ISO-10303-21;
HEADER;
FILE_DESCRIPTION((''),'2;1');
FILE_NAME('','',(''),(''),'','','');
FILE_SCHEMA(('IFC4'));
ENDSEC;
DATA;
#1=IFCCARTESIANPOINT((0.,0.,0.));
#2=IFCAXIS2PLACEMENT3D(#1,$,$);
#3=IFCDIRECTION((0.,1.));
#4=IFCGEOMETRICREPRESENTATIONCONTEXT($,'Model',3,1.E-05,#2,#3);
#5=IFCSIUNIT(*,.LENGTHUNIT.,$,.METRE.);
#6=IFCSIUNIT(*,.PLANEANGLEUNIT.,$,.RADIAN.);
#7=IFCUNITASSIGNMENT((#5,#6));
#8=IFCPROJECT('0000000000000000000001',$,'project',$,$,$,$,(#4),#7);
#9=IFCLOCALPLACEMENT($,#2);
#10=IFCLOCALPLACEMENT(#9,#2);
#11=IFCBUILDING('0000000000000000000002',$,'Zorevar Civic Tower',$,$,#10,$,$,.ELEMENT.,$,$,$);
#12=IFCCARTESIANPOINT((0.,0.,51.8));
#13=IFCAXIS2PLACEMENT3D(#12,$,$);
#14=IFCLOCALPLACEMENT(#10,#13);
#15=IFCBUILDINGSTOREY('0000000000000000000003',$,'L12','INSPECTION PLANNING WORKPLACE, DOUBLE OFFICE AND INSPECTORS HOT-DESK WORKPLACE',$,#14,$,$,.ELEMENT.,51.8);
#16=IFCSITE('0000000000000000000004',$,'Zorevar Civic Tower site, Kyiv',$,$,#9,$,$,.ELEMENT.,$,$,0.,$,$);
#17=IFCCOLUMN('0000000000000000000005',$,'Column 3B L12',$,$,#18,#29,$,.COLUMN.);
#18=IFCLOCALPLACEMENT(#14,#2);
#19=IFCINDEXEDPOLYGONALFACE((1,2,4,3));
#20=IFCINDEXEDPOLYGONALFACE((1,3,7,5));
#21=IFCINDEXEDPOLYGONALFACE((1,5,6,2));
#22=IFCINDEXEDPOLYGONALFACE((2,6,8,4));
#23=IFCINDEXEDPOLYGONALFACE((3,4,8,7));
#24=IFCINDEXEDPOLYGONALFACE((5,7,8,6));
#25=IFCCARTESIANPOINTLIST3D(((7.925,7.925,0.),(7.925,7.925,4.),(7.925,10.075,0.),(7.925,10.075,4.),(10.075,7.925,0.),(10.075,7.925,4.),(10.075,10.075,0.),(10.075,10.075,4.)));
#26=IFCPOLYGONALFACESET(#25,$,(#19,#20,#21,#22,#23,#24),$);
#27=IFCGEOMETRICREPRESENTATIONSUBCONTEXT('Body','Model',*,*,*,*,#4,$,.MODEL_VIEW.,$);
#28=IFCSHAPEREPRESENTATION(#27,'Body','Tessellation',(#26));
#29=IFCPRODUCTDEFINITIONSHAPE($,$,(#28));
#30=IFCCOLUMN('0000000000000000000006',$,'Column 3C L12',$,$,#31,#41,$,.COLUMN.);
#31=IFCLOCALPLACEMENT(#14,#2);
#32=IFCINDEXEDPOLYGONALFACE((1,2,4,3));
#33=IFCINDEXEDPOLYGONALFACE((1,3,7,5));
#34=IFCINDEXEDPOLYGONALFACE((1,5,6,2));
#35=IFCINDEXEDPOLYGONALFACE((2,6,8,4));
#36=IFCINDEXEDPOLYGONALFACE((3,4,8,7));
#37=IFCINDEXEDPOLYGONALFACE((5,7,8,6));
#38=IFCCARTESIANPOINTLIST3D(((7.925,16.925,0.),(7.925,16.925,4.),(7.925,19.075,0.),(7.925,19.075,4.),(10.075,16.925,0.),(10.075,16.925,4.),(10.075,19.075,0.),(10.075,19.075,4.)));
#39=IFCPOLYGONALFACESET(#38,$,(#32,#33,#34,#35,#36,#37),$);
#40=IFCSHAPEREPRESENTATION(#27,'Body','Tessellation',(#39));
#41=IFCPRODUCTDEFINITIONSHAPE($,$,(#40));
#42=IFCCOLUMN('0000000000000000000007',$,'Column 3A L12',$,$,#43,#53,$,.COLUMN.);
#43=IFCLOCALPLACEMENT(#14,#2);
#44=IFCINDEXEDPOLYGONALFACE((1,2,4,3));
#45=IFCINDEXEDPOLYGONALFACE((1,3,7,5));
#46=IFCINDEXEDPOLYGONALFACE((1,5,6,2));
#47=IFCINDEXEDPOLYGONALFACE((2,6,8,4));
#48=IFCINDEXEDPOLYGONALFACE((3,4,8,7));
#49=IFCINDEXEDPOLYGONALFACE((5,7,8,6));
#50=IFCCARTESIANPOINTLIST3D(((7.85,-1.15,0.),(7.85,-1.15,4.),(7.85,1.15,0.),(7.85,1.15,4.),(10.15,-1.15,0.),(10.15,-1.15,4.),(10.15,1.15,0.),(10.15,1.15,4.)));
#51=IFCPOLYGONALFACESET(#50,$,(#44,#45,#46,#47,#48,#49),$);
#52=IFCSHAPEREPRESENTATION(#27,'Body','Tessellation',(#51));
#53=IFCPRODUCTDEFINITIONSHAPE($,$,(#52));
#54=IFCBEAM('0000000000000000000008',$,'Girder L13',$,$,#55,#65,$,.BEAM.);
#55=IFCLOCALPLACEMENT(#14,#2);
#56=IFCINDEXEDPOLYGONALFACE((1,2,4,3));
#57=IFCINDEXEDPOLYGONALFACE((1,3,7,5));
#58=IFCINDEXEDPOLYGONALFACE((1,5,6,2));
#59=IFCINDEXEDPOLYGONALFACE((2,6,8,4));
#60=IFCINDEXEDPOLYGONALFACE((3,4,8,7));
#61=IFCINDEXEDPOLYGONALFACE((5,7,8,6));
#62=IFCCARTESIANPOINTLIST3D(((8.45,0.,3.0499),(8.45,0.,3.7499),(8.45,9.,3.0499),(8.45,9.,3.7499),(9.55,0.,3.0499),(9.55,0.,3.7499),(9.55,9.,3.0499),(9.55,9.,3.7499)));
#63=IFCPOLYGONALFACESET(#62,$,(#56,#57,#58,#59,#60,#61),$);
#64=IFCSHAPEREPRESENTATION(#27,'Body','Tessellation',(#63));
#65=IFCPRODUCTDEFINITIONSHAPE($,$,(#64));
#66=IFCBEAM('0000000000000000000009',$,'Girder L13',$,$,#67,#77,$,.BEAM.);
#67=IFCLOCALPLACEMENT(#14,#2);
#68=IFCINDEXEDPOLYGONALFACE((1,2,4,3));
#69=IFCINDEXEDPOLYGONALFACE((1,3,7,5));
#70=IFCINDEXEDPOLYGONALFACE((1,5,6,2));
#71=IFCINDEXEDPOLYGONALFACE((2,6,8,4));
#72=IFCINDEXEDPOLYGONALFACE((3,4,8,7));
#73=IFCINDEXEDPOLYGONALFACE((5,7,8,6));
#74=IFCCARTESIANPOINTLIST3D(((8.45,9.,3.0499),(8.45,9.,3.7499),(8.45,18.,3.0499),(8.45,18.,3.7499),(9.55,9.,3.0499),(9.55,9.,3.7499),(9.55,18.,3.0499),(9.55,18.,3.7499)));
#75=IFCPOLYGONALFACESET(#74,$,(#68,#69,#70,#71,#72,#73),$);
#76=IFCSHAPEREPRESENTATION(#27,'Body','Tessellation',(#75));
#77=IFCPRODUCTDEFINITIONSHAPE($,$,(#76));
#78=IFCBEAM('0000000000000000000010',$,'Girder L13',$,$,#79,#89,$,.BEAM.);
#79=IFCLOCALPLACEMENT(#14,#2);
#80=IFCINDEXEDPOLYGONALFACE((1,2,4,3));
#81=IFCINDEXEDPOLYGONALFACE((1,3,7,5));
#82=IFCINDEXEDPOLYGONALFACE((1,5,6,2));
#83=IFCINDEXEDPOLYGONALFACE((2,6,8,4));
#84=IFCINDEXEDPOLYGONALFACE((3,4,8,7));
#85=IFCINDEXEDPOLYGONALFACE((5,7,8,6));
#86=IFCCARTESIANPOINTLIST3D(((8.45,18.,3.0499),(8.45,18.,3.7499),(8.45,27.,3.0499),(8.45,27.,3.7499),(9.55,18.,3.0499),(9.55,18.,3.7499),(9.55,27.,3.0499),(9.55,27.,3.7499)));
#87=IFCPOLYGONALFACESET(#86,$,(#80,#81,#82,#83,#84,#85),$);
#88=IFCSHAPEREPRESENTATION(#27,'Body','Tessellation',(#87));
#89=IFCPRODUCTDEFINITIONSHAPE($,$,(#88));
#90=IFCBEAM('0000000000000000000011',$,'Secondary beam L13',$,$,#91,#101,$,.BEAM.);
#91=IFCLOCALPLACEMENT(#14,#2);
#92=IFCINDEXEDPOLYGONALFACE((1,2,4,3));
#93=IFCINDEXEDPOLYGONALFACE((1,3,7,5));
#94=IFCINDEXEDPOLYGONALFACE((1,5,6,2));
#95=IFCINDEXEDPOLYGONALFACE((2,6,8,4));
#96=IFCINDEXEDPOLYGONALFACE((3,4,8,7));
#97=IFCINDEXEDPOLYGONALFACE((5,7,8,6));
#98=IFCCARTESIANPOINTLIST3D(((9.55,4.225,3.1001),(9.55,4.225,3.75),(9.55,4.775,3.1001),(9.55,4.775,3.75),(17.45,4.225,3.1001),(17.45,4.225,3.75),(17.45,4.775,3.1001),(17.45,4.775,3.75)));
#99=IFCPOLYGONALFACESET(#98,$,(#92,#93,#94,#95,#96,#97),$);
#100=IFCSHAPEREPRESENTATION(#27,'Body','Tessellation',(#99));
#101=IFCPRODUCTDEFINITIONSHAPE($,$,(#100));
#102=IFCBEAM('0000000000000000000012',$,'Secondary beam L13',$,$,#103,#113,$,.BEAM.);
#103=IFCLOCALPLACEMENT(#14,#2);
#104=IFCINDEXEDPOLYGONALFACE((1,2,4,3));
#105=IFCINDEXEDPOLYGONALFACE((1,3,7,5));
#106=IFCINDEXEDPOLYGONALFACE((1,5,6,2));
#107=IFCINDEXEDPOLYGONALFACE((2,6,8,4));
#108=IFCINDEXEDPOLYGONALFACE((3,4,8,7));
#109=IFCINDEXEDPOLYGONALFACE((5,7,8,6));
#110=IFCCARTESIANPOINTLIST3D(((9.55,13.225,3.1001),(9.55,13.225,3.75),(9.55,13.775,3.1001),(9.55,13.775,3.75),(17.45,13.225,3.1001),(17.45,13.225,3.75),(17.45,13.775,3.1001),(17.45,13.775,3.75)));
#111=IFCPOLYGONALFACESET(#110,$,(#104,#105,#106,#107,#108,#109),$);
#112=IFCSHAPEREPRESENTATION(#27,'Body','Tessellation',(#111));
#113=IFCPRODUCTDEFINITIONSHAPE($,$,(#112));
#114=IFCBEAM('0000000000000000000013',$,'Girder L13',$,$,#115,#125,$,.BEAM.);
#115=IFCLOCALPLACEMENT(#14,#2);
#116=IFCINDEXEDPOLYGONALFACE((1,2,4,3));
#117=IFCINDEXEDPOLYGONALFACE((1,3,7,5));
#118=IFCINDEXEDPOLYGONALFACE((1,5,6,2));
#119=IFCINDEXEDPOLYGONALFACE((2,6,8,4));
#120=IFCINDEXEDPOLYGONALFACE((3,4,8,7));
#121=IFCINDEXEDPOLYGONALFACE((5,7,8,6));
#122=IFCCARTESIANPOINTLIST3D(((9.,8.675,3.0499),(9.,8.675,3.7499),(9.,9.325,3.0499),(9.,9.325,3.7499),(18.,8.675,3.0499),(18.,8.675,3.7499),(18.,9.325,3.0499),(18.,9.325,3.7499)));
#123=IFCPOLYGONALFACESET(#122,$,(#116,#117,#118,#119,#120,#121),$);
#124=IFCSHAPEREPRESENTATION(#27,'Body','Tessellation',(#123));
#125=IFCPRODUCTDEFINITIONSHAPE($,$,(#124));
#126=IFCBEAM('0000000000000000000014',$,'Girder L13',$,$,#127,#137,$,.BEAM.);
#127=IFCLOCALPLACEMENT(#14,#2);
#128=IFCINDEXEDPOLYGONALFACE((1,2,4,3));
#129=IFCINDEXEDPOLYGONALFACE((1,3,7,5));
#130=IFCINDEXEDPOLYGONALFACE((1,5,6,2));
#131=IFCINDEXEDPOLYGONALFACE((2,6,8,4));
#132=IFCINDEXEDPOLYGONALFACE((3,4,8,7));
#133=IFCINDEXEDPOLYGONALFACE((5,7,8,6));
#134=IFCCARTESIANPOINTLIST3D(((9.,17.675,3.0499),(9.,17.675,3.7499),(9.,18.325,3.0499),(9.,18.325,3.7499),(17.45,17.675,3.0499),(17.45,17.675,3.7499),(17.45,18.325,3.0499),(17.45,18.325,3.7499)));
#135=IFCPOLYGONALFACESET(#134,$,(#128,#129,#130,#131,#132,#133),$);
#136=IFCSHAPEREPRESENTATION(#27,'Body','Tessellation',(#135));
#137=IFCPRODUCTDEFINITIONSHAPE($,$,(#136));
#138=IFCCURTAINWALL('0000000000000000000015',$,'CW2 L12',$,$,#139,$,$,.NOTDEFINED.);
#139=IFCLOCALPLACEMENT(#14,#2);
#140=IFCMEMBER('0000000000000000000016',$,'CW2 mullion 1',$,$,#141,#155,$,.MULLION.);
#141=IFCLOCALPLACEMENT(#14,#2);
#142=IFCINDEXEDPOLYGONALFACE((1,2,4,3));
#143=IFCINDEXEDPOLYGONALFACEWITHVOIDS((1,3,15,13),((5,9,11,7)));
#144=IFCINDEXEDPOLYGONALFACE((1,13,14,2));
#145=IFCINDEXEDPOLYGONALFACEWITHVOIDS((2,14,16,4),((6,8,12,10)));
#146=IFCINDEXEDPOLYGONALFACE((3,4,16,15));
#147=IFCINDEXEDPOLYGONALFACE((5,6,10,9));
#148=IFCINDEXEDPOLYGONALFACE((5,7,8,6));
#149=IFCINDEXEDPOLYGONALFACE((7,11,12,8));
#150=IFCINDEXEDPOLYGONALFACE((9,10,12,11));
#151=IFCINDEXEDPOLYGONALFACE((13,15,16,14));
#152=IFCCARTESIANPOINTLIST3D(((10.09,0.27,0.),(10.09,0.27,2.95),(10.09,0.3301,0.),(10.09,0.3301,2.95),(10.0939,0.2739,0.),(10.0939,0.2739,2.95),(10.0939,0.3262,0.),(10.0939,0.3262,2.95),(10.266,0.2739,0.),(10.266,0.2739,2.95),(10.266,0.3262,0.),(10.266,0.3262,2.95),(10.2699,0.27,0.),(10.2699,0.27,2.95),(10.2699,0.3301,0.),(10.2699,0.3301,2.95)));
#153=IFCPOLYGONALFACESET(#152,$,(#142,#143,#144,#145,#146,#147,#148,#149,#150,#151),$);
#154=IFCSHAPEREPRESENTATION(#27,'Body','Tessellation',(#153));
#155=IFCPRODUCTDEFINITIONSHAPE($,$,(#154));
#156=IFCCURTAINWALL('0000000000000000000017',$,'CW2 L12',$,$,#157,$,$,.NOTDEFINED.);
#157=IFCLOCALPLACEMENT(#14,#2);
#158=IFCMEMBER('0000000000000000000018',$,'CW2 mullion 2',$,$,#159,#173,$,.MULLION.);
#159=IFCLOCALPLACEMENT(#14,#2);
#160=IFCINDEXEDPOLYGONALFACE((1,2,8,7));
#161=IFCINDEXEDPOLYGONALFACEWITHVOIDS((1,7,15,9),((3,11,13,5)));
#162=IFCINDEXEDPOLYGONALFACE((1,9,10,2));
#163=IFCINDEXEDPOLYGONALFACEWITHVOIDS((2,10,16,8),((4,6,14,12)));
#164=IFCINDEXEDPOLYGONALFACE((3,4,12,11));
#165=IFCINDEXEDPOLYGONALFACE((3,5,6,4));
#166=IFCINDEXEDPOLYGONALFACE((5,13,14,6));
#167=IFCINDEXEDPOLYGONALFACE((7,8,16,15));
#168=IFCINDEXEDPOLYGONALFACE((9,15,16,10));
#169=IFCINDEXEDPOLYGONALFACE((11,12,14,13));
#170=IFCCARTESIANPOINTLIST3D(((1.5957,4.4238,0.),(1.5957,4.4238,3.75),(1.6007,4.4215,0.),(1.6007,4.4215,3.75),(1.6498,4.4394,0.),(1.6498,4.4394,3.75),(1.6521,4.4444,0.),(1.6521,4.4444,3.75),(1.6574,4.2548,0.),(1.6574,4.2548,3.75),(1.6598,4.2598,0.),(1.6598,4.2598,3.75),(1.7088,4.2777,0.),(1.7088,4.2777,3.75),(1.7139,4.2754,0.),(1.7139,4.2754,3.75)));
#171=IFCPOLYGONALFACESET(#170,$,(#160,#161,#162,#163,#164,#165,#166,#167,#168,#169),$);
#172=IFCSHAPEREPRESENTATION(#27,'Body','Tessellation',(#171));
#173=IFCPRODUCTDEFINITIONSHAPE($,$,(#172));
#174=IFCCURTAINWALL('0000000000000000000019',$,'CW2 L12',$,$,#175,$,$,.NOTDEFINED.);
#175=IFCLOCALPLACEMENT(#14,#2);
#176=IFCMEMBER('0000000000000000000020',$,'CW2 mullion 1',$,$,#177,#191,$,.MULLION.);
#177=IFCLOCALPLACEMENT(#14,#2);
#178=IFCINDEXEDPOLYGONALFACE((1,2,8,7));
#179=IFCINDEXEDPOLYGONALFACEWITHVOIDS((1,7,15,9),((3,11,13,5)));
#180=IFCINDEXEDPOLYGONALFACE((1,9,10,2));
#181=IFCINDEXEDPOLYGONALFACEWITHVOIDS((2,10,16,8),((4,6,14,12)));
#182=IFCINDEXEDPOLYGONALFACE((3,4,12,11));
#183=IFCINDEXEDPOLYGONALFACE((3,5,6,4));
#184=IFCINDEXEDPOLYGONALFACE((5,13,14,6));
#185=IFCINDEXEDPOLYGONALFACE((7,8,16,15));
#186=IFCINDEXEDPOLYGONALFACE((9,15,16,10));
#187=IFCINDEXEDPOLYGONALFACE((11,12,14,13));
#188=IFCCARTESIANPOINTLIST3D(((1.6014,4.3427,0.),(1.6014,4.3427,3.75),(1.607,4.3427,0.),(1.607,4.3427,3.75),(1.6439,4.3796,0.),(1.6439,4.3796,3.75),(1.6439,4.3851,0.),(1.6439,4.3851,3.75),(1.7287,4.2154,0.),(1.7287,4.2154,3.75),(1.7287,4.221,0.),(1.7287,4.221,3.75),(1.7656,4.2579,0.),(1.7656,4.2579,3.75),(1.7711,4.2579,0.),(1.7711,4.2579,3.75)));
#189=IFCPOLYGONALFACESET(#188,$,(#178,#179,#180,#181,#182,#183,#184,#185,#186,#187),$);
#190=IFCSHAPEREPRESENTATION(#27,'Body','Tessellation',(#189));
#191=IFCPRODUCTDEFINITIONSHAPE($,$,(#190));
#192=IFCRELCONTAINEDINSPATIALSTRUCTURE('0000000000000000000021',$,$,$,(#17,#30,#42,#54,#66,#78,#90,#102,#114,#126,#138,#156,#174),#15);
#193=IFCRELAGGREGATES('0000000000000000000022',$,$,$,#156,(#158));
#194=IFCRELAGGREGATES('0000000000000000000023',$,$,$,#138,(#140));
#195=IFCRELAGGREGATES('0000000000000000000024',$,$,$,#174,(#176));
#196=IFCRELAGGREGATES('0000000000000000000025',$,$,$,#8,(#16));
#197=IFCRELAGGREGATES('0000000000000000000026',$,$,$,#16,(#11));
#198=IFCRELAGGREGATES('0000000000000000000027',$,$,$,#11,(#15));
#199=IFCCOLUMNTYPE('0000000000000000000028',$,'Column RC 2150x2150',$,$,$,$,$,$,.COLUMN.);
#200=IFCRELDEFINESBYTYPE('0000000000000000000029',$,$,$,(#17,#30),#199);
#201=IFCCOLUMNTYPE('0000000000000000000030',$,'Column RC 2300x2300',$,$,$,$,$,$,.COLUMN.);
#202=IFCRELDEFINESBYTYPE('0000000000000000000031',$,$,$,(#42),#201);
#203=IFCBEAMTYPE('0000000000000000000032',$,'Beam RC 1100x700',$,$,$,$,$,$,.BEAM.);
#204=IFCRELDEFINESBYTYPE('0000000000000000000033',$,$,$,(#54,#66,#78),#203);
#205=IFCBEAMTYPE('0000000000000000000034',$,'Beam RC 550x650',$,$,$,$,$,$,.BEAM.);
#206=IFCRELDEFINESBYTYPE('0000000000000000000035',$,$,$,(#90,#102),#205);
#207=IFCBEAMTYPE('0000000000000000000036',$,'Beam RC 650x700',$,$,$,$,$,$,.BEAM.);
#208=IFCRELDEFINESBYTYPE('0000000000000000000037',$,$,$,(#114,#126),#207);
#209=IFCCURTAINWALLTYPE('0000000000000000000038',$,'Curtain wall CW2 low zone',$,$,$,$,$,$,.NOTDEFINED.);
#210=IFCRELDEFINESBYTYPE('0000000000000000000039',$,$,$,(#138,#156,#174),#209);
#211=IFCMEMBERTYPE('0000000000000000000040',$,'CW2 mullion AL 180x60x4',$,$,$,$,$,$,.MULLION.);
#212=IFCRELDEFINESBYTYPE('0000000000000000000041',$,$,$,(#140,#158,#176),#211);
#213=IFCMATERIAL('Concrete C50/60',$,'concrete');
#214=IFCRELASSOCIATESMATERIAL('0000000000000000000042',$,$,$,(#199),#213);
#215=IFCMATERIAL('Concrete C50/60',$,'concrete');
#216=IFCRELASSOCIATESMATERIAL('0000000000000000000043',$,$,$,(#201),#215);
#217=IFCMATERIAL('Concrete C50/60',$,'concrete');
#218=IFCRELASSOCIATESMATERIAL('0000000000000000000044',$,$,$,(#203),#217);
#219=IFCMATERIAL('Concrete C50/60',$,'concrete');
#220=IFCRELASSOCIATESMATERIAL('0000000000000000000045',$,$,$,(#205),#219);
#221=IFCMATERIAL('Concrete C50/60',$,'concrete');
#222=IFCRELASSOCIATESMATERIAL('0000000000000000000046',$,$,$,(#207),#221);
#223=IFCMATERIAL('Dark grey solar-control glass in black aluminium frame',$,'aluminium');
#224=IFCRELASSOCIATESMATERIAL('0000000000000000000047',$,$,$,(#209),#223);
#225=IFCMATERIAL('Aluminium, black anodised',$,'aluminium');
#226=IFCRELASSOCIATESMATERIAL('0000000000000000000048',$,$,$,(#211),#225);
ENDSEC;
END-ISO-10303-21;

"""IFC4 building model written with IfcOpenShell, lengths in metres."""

from ifc_helpers import new_model, si_unit, direction, frame, origin, origin_2d, place, context, subcontext, project, spatial, rectangle, hollow_rectangle, extrude, material, material_profile, profile_set, type_object, element, aggregate, save


model = new_model("IFC4")

# Units and contexts
model_context = context("Model", 3, precision=1e-05, world=origin(), true_north=direction((0.0, 1.0)))
body_context = subcontext(model_context, "Body", "Model", "MODEL_VIEW")
ifc_project = project(units=[si_unit("LENGTHUNIT", "METRE"), si_unit("PLANEANGLEUNIT", "RADIAN")], contexts=[model_context])

# Site, building, storey
site_placement = place(None, origin())
site = spatial("IfcSite", under=ifc_project, at=site_placement, Name="Zorevar Civic Tower site, Kyiv", CompositionType="ELEMENT", RefElevation=0.0)
building_placement = place(site_placement, origin())
building = spatial("IfcBuilding", under=site, at=building_placement, Name="Zorevar Civic Tower", CompositionType="ELEMENT")
storey_placement = place(building_placement, frame((0.0, 0.0, 51.8)))
storey = spatial("IfcBuildingStorey", under=building, at=storey_placement, Name="L12", Description="INSPECTION PLANNING WORKPLACE, DOUBLE OFFICE AND INSPECTORS HOT-DESK WORKPLACE", CompositionType="ELEMENT", Elevation=51.8)

# Columns
ifc_material_1 = material(Name="Concrete C50/60", Category="concrete")
ifc_material_profile_1 = material_profile(ifc_material_1, rectangle(XDim=2.1499, YDim=2.1499, at=origin_2d()), Name="RC 2150x2150")
ifc_profile_set_1 = profile_set([ifc_material_profile_1], Name="Concrete C50/60")
column_type_1 = type_object("IfcColumnType", Name="Column RC 2150x2150", PredefinedType="COLUMN", material=ifc_profile_set_1)
for number, where, z_axis, x_axis, name in (
    (1, (9.0, 9.0, 0.0), (0.0, 0.0, 1.0), (1.0, 0.0, 0.0), "Column 3B L12"),
    (2, (9.0, 18.0, 0.0), (0.0, 0.0, 1.0), (1.0, 0.0, 0.0), "Column 3C L12"),
):
    element("IfcColumn", number, at=place(storey_placement, frame(where, z_axis=z_axis, x_axis=x_axis)), inside=storey, type_object=column_type_1, Name=name, PredefinedType="COLUMN", context=body_context, shape_type="SweptSolid", body=[
        extrude(rectangle(XDim=2.1499, YDim=2.1499, at=origin_2d()), origin(), (0.0, 0.0, 1.0), 4.0),
    ])
ifc_material_2 = material(Name="Concrete C50/60", Category="concrete")
ifc_material_profile_2 = material_profile(ifc_material_2, rectangle(XDim=2.3, YDim=2.3, at=origin_2d()), Name="RC 2300x2300")
ifc_profile_set_2 = profile_set([ifc_material_profile_2], Name="Concrete C50/60")
column_type_2 = type_object("IfcColumnType", Name="Column RC 2300x2300", PredefinedType="COLUMN", material=ifc_profile_set_2)
column_placement = place(storey_placement, frame((9.0, 0.0, 0.0), z_axis=(0.0, 0.0, 1.0), x_axis=(1.0, 0.0, 0.0)))
element("IfcColumn", 3, at=column_placement, inside=storey, type_object=column_type_2, Name="Column 3A L12", PredefinedType="COLUMN", context=body_context, shape_type="SweptSolid", body=[
    extrude(rectangle(XDim=2.3, YDim=2.3, at=origin_2d()), origin(), (0.0, 0.0, 1.0), 4.0),
])

# Beams
ifc_material_3 = material(Name="Concrete C50/60", Category="concrete")
ifc_material_profile_3 = material_profile(ifc_material_3, rectangle(XDim=1.1001, YDim=0.7, at=origin_2d()), Name="RC 1100x700")
ifc_profile_set_3 = profile_set([ifc_material_profile_3], Name="Concrete C50/60")
beam_type_1 = type_object("IfcBeamType", Name="Beam RC 1100x700", PredefinedType="BEAM", material=ifc_profile_set_3)
for number, where, z_axis, x_axis, name in (
    (4, (9.0, 0.0, 3.3999), (0.0, 1.0, 0.0), (-1.0, 0.0, 0.0), "Girder L13"),
    (5, (9.0, 9.0, 3.3999), (0.0, 1.0, 0.0), (-1.0, 0.0, 0.0), "Girder L13"),
    (6, (9.0, 18.0, 3.3999), (0.0, 1.0, 0.0), (-1.0, 0.0, 0.0), "Girder L13"),
):
    element("IfcBeam", number, at=place(storey_placement, frame(where, z_axis=z_axis, x_axis=x_axis)), inside=storey, type_object=beam_type_1, Name=name, PredefinedType="BEAM", context=body_context, shape_type="SweptSolid", body=[
        extrude(rectangle(XDim=1.1001, YDim=0.7, at=origin_2d()), origin(), (0.0, 0.0, 1.0), 9.0),
    ])
ifc_material_4 = material(Name="Concrete C50/60", Category="concrete")
ifc_material_profile_4 = material_profile(ifc_material_4, rectangle(XDim=0.55, YDim=0.6499, at=origin_2d()), Name="RC 550x650")
ifc_profile_set_4 = profile_set([ifc_material_profile_4], Name="Concrete C50/60")
beam_type_2 = type_object("IfcBeamType", Name="Beam RC 550x650", PredefinedType="BEAM", material=ifc_profile_set_4)
for number, where, z_axis, x_axis, name in (
    (7, (9.55, 4.5, 3.425), (1.0, 0.0, 0.0), (0.0, 1.0, 0.0), "Secondary beam L13"),
    (8, (9.55, 13.5, 3.425), (1.0, 0.0, 0.0), (0.0, 1.0, 0.0), "Secondary beam L13"),
):
    element("IfcBeam", number, at=place(storey_placement, frame(where, z_axis=z_axis, x_axis=x_axis)), inside=storey, type_object=beam_type_2, Name=name, PredefinedType="BEAM", context=body_context, shape_type="SweptSolid", body=[
        extrude(rectangle(XDim=0.55, YDim=0.6499, at=origin_2d()), origin(), (0.0, 0.0, 1.0), 7.8999),
    ])
ifc_material_5 = material(Name="Concrete C50/60", Category="concrete")
ifc_material_profile_5 = material_profile(ifc_material_5, rectangle(XDim=0.6499, YDim=0.7, at=origin_2d()), Name="RC 650x700")
ifc_profile_set_5 = profile_set([ifc_material_profile_5], Name="Concrete C50/60")
beam_type_3 = type_object("IfcBeamType", Name="Beam RC 650x700", PredefinedType="BEAM", material=ifc_profile_set_5)
beam_1_placement = place(storey_placement, frame((9.0, 9.0, 3.3999), z_axis=(1.0, 0.0, 0.0), x_axis=(0.0, 1.0, 0.0)))
element("IfcBeam", 9, at=beam_1_placement, inside=storey, type_object=beam_type_3, Name="Girder L13", PredefinedType="BEAM", context=body_context, shape_type="SweptSolid", body=[
    extrude(rectangle(XDim=0.6499, YDim=0.7, at=origin_2d()), origin(), (0.0, 0.0, 1.0), 9.0),
])
beam_2_placement = place(storey_placement, frame((9.0, 18.0, 3.3999), z_axis=(1.0, 0.0, 0.0), x_axis=(0.0, 1.0, 0.0)))
element("IfcBeam", 10, at=beam_2_placement, inside=storey, type_object=beam_type_3, Name="Girder L13", PredefinedType="BEAM", context=body_context, shape_type="SweptSolid", body=[
    extrude(rectangle(XDim=0.6499, YDim=0.7, at=origin_2d()), origin(), (0.0, 0.0, 1.0), 8.45),
])

# Curtain walls, members
ifc_material_6 = material(Name="Dark grey solar-control glass in black aluminium frame", Category="aluminium")
curtain_wall_type = type_object("IfcCurtainWallType", Name="Curtain wall CW2 low zone", PredefinedType="NOTDEFINED", material=ifc_material_6)
curtain_wall_1_placement = place(storey_placement, origin())
curtain_wall_1 = element("IfcCurtainWall", 11, at=curtain_wall_1_placement, inside=storey, type_object=curtain_wall_type, Name="CW2 L12", PredefinedType="NOTDEFINED")
ifc_material_7 = material(Name="Aluminium, black anodised", Category="aluminium")
ifc_material_profile_6 = material_profile(ifc_material_7, hollow_rectangle(XDim=0.0601, YDim=0.1799, WallThickness=0.0039, at=origin_2d()), Name="AL 180x60x4")
ifc_profile_set_6 = profile_set([ifc_material_profile_6], Name="Aluminium, black anodised")
member_type_1 = type_object("IfcMemberType", Name="CW2 mullion AL 180x60x4", PredefinedType="MULLION", material=ifc_profile_set_6)
member_1_placement = place(storey_placement, frame((10.1799, 0.3, 0.0), z_axis=(0.0, 0.0, 1.0), x_axis=(0.0, 1.0, 0.0)))
member_1 = element("IfcMember", 12, at=member_1_placement, type_object=member_type_1, Name="CW2 mullion 1", PredefinedType="MULLION", context=body_context, shape_type="SweptSolid", body=[
    extrude(hollow_rectangle(XDim=0.0601, YDim=0.1799, WallThickness=0.0039, at=origin_2d()), origin(), (0.0, 0.0, 1.0), 2.95),
])
curtain_wall_2_placement = place(storey_placement, origin())
curtain_wall_2 = element("IfcCurtainWall", 13, at=curtain_wall_2_placement, inside=storey, type_object=curtain_wall_type, Name="CW2 L12", PredefinedType="NOTDEFINED")
member_2_placement = place(storey_placement, frame((1.6548, 4.3496, 0.0), z_axis=(0.0, 0.0, 1.0), x_axis=(0.939313, 0.34306, 0.0)))
member_2 = element("IfcMember", 14, at=member_2_placement, type_object=member_type_1, Name="CW2 mullion 2", PredefinedType="MULLION", context=body_context, shape_type="SweptSolid", body=[
    extrude(hollow_rectangle(XDim=0.0601, YDim=0.1799, WallThickness=0.0039, at=origin_2d()), origin(), (0.0, 0.0, 1.0), 3.75),
])
aggregate(curtain_wall_2, [member_2])

# Curtain wall, member
curtain_wall_3_placement = place(storey_placement, origin())
curtain_wall_3 = element("IfcCurtainWall", 15, at=curtain_wall_3_placement, inside=storey, type_object=curtain_wall_type, Name="CW2 L12", PredefinedType="NOTDEFINED")
member_3_placement = place(storey_placement, frame((1.6863, 4.3003, 0.0), z_axis=(0.0, 0.0, 1.0), x_axis=(0.707107, 0.707107, 0.0)))
member_3 = element("IfcMember", 16, at=member_3_placement, type_object=member_type_1, Name="CW2 mullion 1", PredefinedType="MULLION", context=body_context, shape_type="SweptSolid", body=[
    extrude(hollow_rectangle(XDim=0.0601, YDim=0.1799, WallThickness=0.0039, at=origin_2d()), origin(), (0.0, 0.0, 1.0), 3.75),
])

aggregate(curtain_wall_1, [member_1])

aggregate(curtain_wall_3, [member_3])

save(model, "model.ifc")
